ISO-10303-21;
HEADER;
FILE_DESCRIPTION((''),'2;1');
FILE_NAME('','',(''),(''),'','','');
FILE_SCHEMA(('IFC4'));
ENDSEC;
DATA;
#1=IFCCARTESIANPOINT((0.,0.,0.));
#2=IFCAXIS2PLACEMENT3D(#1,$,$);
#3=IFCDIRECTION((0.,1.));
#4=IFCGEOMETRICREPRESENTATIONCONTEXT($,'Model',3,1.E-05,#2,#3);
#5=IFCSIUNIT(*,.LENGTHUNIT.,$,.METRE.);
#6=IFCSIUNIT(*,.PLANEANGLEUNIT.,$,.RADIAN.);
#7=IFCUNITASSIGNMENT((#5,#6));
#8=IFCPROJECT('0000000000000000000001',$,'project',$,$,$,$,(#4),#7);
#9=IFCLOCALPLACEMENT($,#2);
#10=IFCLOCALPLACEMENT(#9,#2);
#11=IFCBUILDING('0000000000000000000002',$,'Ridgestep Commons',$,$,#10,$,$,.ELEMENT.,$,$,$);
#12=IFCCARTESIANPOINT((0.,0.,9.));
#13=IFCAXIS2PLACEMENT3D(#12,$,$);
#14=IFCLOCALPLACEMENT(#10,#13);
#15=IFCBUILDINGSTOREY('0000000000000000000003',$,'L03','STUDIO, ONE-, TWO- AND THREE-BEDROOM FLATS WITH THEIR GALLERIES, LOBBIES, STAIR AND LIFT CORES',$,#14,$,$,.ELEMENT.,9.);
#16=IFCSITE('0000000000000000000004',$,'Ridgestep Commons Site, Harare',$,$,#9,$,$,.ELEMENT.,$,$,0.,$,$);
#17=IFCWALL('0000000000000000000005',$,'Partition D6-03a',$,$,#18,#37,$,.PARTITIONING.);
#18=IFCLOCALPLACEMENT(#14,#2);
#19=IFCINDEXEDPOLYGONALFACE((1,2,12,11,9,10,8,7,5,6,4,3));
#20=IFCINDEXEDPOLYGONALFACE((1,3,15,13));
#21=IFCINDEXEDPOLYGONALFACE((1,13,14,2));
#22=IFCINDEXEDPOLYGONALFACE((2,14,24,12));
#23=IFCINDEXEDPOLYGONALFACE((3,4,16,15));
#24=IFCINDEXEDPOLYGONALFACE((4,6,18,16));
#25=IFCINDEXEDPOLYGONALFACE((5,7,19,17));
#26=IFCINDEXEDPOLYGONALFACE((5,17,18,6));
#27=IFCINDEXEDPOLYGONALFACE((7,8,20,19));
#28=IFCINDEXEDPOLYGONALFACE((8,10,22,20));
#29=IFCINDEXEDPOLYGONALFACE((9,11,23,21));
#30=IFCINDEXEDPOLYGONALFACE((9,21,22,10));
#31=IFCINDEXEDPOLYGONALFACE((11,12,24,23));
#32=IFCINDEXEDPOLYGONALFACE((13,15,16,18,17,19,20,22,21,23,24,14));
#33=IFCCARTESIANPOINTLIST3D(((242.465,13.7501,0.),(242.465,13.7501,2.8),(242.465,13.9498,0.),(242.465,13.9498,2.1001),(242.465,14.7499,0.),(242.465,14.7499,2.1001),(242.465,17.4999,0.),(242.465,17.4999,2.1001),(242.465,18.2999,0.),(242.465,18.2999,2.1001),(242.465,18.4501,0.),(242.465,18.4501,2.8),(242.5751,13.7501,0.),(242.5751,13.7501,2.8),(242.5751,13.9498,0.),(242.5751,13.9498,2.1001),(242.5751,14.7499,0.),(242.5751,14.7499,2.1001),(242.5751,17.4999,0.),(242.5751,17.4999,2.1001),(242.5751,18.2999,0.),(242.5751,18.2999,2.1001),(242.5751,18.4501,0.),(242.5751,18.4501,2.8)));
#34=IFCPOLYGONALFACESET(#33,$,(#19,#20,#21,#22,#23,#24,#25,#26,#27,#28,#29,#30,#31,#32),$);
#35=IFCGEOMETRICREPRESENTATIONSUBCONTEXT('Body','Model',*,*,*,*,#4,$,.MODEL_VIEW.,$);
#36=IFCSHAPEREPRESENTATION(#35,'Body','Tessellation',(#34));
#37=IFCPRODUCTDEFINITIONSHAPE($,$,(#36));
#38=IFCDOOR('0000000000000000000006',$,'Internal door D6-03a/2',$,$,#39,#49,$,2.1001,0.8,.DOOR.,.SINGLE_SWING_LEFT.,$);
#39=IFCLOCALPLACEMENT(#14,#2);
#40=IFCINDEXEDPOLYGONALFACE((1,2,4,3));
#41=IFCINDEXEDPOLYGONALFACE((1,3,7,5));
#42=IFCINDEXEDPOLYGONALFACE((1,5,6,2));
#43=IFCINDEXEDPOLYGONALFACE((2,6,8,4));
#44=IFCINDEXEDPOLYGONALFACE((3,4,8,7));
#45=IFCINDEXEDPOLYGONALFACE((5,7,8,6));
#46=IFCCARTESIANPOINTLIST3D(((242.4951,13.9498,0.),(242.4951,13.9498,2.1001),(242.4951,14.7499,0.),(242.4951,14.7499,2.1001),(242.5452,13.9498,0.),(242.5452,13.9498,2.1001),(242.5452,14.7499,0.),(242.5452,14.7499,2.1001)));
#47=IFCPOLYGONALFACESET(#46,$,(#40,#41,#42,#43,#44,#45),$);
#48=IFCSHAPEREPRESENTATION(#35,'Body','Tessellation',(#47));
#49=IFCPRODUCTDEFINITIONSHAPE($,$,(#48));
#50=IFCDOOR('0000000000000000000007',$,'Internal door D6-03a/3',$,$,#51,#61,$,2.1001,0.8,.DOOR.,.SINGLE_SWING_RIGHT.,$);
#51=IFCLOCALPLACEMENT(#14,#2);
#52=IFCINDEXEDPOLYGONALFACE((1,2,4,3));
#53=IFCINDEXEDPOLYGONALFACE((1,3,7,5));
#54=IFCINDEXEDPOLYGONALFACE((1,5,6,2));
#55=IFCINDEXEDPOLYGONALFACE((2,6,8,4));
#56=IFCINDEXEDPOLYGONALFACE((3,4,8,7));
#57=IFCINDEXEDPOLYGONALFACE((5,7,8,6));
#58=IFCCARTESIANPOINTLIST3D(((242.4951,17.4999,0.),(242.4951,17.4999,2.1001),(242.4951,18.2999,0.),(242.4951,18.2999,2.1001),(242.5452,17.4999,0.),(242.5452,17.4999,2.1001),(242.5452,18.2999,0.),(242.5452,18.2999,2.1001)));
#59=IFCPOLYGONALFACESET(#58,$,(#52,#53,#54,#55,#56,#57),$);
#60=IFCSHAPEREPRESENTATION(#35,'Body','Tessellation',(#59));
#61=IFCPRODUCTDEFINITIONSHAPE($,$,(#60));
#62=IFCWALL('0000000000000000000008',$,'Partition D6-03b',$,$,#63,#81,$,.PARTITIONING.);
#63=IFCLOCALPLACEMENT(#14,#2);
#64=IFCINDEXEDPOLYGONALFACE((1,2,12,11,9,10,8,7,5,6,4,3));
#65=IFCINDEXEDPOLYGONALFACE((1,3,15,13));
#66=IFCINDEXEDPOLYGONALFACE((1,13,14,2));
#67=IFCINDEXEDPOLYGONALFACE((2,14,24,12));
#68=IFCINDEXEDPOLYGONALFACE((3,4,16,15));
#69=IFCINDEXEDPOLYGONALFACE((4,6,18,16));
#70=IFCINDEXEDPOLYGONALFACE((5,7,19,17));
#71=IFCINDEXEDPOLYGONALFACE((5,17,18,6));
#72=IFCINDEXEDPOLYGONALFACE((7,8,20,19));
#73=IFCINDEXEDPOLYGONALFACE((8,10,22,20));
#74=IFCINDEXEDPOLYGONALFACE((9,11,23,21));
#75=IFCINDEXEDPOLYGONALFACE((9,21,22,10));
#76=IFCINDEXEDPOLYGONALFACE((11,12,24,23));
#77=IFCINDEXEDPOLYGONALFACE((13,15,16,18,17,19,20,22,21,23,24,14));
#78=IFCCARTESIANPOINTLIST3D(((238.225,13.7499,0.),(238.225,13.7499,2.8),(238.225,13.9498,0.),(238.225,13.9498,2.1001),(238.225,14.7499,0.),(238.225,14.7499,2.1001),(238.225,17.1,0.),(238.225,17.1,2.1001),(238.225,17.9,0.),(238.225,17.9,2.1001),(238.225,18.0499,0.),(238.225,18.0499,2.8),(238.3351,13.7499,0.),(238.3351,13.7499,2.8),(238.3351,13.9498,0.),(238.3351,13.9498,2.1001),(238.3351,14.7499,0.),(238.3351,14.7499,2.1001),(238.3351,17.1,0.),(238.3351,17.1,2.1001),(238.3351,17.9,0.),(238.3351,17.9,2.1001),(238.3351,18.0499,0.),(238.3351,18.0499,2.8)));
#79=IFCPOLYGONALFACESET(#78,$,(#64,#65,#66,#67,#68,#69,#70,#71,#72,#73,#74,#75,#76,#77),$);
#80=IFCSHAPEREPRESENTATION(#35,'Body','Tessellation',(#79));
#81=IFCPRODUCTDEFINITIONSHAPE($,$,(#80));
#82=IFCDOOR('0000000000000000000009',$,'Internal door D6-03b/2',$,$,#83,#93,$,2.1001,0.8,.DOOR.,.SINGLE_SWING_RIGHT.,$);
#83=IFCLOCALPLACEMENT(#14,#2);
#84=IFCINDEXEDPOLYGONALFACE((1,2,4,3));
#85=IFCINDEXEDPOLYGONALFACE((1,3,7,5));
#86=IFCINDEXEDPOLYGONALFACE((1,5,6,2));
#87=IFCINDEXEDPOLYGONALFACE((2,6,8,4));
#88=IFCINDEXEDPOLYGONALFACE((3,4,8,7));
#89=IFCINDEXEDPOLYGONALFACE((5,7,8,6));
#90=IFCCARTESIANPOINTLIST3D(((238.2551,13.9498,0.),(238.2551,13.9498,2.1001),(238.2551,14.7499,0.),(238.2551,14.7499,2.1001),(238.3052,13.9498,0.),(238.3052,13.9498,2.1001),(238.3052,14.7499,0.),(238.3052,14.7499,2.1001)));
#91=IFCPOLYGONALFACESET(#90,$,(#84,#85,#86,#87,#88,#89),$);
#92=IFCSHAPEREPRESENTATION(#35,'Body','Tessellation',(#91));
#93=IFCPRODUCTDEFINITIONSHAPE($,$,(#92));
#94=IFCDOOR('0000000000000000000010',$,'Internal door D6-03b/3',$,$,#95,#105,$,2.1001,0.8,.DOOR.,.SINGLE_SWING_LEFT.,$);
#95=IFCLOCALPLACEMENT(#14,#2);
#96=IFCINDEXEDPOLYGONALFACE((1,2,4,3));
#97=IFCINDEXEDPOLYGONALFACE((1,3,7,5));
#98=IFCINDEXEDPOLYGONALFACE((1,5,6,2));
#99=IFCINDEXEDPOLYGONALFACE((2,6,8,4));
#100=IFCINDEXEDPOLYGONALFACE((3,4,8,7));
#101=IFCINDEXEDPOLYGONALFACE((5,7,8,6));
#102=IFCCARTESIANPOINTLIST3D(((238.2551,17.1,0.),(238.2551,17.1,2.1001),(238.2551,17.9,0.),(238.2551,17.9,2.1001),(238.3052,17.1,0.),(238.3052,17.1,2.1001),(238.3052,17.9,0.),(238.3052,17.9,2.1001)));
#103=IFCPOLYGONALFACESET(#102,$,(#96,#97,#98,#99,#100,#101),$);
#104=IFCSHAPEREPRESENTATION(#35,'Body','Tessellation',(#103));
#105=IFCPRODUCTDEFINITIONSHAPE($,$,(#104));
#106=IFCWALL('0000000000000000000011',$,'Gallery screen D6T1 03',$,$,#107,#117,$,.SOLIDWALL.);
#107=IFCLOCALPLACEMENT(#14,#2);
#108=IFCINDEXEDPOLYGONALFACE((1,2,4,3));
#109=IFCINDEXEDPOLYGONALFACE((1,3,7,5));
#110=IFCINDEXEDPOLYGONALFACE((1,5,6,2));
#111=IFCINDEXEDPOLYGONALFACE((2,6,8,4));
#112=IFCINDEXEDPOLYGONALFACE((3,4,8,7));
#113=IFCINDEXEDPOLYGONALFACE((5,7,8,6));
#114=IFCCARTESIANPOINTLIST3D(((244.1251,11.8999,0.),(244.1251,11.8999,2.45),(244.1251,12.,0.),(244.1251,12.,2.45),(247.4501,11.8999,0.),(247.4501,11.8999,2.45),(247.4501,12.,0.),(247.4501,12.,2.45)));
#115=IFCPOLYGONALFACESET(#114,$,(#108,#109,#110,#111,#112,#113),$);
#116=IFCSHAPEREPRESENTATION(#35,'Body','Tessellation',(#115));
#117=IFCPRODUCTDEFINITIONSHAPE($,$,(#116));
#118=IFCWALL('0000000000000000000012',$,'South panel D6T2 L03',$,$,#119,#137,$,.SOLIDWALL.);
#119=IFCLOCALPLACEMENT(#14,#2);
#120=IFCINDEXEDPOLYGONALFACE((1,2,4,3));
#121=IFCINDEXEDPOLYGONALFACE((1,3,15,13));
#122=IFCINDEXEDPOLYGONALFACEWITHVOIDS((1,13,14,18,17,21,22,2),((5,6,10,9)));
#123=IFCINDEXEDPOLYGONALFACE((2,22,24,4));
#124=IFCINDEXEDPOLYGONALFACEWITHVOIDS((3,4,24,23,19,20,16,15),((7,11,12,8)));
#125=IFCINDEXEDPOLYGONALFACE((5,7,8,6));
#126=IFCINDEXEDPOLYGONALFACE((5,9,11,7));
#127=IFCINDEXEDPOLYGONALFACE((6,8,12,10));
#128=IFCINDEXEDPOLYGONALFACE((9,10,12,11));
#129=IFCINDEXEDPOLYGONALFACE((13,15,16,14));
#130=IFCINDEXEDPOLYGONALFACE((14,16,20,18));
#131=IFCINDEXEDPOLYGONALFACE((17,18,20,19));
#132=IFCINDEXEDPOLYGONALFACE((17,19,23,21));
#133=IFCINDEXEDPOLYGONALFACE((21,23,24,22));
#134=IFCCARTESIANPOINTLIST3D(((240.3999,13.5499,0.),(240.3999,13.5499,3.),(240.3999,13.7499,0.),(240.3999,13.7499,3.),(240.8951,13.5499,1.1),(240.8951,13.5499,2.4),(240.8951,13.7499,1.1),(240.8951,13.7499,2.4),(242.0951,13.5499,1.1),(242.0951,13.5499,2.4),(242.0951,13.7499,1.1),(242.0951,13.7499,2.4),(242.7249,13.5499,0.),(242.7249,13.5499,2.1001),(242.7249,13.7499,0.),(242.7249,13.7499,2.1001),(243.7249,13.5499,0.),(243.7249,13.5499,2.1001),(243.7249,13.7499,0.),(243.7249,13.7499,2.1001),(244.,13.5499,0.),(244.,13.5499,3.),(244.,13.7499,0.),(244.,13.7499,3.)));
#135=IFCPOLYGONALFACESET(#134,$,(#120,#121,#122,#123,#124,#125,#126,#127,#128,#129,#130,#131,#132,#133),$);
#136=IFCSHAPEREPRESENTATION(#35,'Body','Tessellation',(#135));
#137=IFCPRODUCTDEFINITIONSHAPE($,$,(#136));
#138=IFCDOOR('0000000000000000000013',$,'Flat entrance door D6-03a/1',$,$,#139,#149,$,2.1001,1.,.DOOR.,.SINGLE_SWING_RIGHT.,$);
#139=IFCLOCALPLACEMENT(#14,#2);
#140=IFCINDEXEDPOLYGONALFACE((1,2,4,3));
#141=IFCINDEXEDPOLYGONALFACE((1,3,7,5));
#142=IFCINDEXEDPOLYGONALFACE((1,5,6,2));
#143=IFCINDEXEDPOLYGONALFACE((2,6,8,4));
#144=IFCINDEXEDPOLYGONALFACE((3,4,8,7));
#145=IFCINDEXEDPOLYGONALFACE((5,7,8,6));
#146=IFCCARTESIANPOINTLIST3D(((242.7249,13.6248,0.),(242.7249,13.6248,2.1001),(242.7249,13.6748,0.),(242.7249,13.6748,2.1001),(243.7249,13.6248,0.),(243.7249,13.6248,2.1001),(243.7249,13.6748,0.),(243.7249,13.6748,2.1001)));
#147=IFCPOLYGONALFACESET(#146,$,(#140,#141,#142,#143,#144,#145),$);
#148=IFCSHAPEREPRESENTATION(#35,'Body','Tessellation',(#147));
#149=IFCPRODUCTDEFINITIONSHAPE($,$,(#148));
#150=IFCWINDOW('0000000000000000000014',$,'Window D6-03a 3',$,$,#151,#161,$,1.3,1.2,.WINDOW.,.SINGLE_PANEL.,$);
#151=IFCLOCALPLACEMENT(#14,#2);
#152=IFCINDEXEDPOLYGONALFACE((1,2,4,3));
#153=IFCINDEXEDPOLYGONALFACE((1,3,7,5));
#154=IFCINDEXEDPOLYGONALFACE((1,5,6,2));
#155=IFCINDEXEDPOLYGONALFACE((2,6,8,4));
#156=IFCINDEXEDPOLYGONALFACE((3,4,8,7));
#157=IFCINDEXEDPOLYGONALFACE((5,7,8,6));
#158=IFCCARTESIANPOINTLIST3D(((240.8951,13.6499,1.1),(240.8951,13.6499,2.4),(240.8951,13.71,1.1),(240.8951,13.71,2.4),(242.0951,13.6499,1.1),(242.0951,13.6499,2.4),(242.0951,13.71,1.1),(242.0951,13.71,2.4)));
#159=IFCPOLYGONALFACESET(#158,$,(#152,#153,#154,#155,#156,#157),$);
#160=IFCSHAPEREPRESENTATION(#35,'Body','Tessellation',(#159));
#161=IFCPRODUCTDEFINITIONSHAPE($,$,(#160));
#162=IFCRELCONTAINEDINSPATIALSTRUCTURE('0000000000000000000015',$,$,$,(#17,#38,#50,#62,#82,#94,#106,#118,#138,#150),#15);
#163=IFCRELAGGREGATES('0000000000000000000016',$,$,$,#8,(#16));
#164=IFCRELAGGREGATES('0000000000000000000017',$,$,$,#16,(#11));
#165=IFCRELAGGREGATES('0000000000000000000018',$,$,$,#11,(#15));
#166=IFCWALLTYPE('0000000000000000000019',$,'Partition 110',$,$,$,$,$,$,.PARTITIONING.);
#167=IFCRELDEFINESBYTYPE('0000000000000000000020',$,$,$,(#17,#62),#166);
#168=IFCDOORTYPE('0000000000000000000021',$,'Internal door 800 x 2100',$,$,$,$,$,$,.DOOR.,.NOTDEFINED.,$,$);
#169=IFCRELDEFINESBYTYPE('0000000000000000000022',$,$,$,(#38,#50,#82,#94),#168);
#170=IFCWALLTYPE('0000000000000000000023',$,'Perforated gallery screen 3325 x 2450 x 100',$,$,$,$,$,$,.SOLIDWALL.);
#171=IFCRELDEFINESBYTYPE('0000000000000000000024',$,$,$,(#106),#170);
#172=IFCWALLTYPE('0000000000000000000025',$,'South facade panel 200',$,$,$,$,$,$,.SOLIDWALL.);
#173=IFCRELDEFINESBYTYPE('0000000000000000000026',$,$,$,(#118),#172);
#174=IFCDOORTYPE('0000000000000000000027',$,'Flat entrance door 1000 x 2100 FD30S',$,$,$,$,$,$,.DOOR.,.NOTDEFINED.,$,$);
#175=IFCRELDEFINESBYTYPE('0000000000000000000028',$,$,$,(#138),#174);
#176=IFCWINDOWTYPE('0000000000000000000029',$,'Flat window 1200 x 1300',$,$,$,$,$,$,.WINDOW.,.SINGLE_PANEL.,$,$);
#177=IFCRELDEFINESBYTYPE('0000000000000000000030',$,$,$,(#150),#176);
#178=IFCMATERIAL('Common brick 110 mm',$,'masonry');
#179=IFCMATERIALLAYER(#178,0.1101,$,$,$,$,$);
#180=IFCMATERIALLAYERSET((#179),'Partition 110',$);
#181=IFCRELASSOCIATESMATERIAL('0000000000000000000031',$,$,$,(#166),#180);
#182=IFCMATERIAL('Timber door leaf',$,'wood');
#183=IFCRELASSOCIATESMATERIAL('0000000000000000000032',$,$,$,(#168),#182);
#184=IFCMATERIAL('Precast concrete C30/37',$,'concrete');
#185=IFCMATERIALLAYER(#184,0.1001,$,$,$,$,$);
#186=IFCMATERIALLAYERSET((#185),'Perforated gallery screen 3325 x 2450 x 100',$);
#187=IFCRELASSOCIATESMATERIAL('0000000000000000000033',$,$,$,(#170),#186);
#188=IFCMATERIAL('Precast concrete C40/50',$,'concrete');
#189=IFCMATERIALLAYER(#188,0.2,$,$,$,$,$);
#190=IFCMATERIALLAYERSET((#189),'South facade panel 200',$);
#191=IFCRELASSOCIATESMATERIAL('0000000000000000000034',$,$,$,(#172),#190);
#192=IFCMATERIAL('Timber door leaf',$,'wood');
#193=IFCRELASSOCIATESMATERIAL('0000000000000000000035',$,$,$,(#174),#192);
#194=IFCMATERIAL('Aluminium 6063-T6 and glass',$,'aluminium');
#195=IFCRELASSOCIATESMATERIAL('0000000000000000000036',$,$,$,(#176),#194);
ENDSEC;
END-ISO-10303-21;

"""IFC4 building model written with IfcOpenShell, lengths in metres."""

from ifc_helpers import new_model, si_unit, direction, frame, frame_2d, origin, place, context, subcontext, project, spatial, rectangle, extrude, material, layer, layer_set, type_object, element, fill, save


model = new_model("IFC4")

# Units and contexts
model_context = context("Model", 3, precision=1e-05, world=origin(), true_north=direction((0.0, 1.0)))
body_context = subcontext(model_context, "Body", "Model", "MODEL_VIEW")
ifc_project = project(units=[si_unit("LENGTHUNIT", "METRE"), si_unit("PLANEANGLEUNIT", "RADIAN")], contexts=[model_context])

# Site, building, storey
site_placement = place(None, origin())
site = spatial("IfcSite", under=ifc_project, at=site_placement, Name="Ridgestep Commons Site, Harare", CompositionType="ELEMENT", RefElevation=0.0)
building_placement = place(site_placement, origin())
building = spatial("IfcBuilding", under=site, at=building_placement, Name="Ridgestep Commons", CompositionType="ELEMENT")
storey_placement = place(building_placement, frame((0.0, 0.0, 9.0)))
storey = spatial("IfcBuildingStorey", under=building, at=storey_placement, Name="L03", Description="STUDIO, ONE-, TWO- AND THREE-BEDROOM FLATS WITH THEIR GALLERIES, LOBBIES, STAIR AND LIFT CORES", CompositionType="ELEMENT", Elevation=9.0)

# Walls, openings, doors
ifc_material_1 = material(Name="Common brick 110 mm", Category="masonry")
ifc_layer_1 = layer(ifc_material_1, 0.1101)
ifc_layer_set_1 = layer_set([ifc_layer_1], Name="Partition 110")
wall_type_1 = type_object("IfcWallType", Name="Partition 110", PredefinedType="PARTITIONING", material=ifc_layer_set_1)
wall_1_placement = place(storey_placement, frame((242.52, 13.75, 0.0), z_axis=(0.0, 0.0, 1.0), x_axis=(0.0, 1.0, 0.0)))
wall_1 = element("IfcWall", 1, at=wall_1_placement, inside=storey, type_object=wall_type_1, Name="Partition D6-03a", PredefinedType="PARTITIONING", context=body_context, shape_type="SweptSolid", body=[
    extrude(rectangle(XDim=4.7, YDim=0.1101, at=frame_2d((2.3501, 0.0))), origin(), (0.0, 0.0, 1.0), 2.8),
])
opening_1_placement = place(wall_1_placement, frame((0.2, 0.0, 0.0)))
opening_1 = element("IfcOpeningElement", 2, at=opening_1_placement, cuts=wall_1, PredefinedType="OPENING", context=body_context, shape_type="SweptSolid", body=[
    extrude(rectangle(XDim=0.8, YDim=2.1001, at=frame_2d((0.3999, 1.05))), frame((0.0, 0.0649, 0.0), z_axis=(0.0, -1.0, 0.0), x_axis=(1.0, 0.0, 0.0)), (0.0, 0.0, 1.0), 0.1301),
])
opening_2_placement = place(wall_1_placement, frame((3.75, 0.0, 0.0)))
opening_2 = element("IfcOpeningElement", 3, at=opening_2_placement, cuts=wall_1, PredefinedType="OPENING", context=body_context, shape_type="SweptSolid", body=[
    extrude(rectangle(XDim=0.8, YDim=2.1001, at=frame_2d((0.3999, 1.05))), frame((0.0, 0.0649, 0.0), z_axis=(0.0, -1.0, 0.0), x_axis=(1.0, 0.0, 0.0)), (0.0, 0.0, 1.0), 0.1301),
])
ifc_material_2 = material(Name="Timber door leaf", Category="wood")
door_type_1 = type_object("IfcDoorType", Name="Internal door 800 x 2100", OperationType="NOTDEFINED", PredefinedType="DOOR", material=ifc_material_2)
door_1_placement = place(opening_1_placement, origin())
door_1 = element("IfcDoor", 4, at=door_1_placement, inside=storey, type_object=door_type_1, Name="Internal door D6-03a/2", OperationType="SINGLE_SWING_LEFT", OverallHeight=2.1001, OverallWidth=0.8, PredefinedType="DOOR", context=body_context, shape_type="SweptSolid", body=[
    extrude(rectangle(XDim=0.8, YDim=2.1001, at=frame_2d((0.3999, 1.05))), frame((0.0, 0.0249, 0.0), z_axis=(0.0, -1.0, 0.0), x_axis=(1.0, 0.0, 0.0)), (0.0, 0.0, 1.0), 0.05),
])
fill(opening_1, door_1)
door_2_placement = place(opening_2_placement, origin())
door_2 = element("IfcDoor", 5, at=door_2_placement, inside=storey, type_object=door_type_1, Name="Internal door D6-03a/3", OperationType="SINGLE_SWING_RIGHT", OverallHeight=2.1001, OverallWidth=0.8, PredefinedType="DOOR", context=body_context, shape_type="SweptSolid", body=[
    extrude(rectangle(XDim=0.8, YDim=2.1001, at=frame_2d((0.3999, 1.05))), frame((0.0, 0.0249, 0.0), z_axis=(0.0, -1.0, 0.0), x_axis=(1.0, 0.0, 0.0)), (0.0, 0.0, 1.0), 0.05),
])
fill(opening_2, door_2)
wall_2_placement = place(storey_placement, frame((238.28, 13.75, 0.0), z_axis=(0.0, 0.0, 1.0), x_axis=(0.0, 1.0, 0.0)))
wall_2 = element("IfcWall", 6, at=wall_2_placement, inside=storey, type_object=wall_type_1, Name="Partition D6-03b", PredefinedType="PARTITIONING", context=body_context, shape_type="SweptSolid", body=[
    extrude(rectangle(XDim=4.3, YDim=0.1101, at=frame_2d((2.1499, 0.0))), origin(), (0.0, 0.0, 1.0), 2.8),
])
opening_3_placement = place(wall_2_placement, frame((0.2, 0.0, 0.0)))
opening_3 = element("IfcOpeningElement", 7, at=opening_3_placement, cuts=wall_2, PredefinedType="OPENING", context=body_context, shape_type="SweptSolid", body=[
    extrude(rectangle(XDim=0.8, YDim=2.1001, at=frame_2d((0.3999, 1.05))), frame((0.0, 0.0649, 0.0), z_axis=(0.0, -1.0, 0.0), x_axis=(1.0, 0.0, 0.0)), (0.0, 0.0, 1.0), 0.1301),
])
opening_4_placement = place(wall_2_placement, frame((3.3501, 0.0, 0.0)))
opening_4 = element("IfcOpeningElement", 8, at=opening_4_placement, cuts=wall_2, PredefinedType="OPENING", context=body_context, shape_type="SweptSolid", body=[
    extrude(rectangle(XDim=0.8, YDim=2.1001, at=frame_2d((0.3999, 1.05))), frame((0.0, 0.0649, 0.0), z_axis=(0.0, -1.0, 0.0), x_axis=(1.0, 0.0, 0.0)), (0.0, 0.0, 1.0), 0.1301),
])
door_3_placement = place(opening_3_placement, origin())
door_3 = element("IfcDoor", 9, at=door_3_placement, inside=storey, type_object=door_type_1, Name="Internal door D6-03b/2", OperationType="SINGLE_SWING_RIGHT", OverallHeight=2.1001, OverallWidth=0.8, PredefinedType="DOOR", context=body_context, shape_type="SweptSolid", body=[
    extrude(rectangle(XDim=0.8, YDim=2.1001, at=frame_2d((0.3999, 1.05))), frame((0.0, 0.0249, 0.0), z_axis=(0.0, -1.0, 0.0), x_axis=(1.0, 0.0, 0.0)), (0.0, 0.0, 1.0), 0.05),
])
fill(opening_3, door_3)
door_4_placement = place(opening_4_placement, origin())
door_4 = element("IfcDoor", 10, at=door_4_placement, inside=storey, type_object=door_type_1, Name="Internal door D6-03b/3", OperationType="SINGLE_SWING_LEFT", OverallHeight=2.1001, OverallWidth=0.8, PredefinedType="DOOR", context=body_context, shape_type="SweptSolid", body=[
    extrude(rectangle(XDim=0.8, YDim=2.1001, at=frame_2d((0.3999, 1.05))), frame((0.0, 0.0249, 0.0), z_axis=(0.0, -1.0, 0.0), x_axis=(1.0, 0.0, 0.0)), (0.0, 0.0, 1.0), 0.05),
])
fill(opening_4, door_4)

# Wall
ifc_material_3 = material(Name="Precast concrete C30/37", Category="concrete")
ifc_layer_2 = layer(ifc_material_3, 0.1001)
ifc_layer_set_2 = layer_set([ifc_layer_2], Name="Perforated gallery screen 3325 x 2450 x 100")
wall_type_2 = type_object("IfcWallType", Name="Perforated gallery screen 3325 x 2450 x 100", PredefinedType="SOLIDWALL", material=ifc_layer_set_2)
wall_3_placement = place(storey_placement, frame((244.125, 11.95, 0.0), z_axis=(0.0, 0.0, 1.0), x_axis=(1.0, 0.0, 0.0)))
element("IfcWall", 11, at=wall_3_placement, inside=storey, type_object=wall_type_2, Name="Gallery screen D6T1 03", PredefinedType="SOLIDWALL", context=body_context, shape_type="SweptSolid", body=[
    extrude(rectangle(XDim=3.325, YDim=0.1001, at=frame_2d((1.6626, 0.0))), origin(), (0.0, 0.0, 1.0), 2.45),
])

# Wall, openings, door, window
ifc_material_4 = material(Name="Precast concrete C40/50", Category="concrete")
ifc_layer_3 = layer(ifc_material_4, 0.2)
ifc_layer_set_3 = layer_set([ifc_layer_3], Name="South facade panel 200")
wall_type_3 = type_object("IfcWallType", Name="South facade panel 200", PredefinedType="SOLIDWALL", material=ifc_layer_set_3)
wall_4_placement = place(storey_placement, frame((240.3999, 13.6499, 0.0), z_axis=(0.0, 0.0, 1.0), x_axis=(1.0, 0.0, 0.0)))
wall_4 = element("IfcWall", 12, at=wall_4_placement, inside=storey, type_object=wall_type_3, Name="South panel D6T2 L03", PredefinedType="SOLIDWALL", context=body_context, shape_type="SweptSolid", body=[
    extrude(rectangle(XDim=3.6001, YDim=0.2, at=frame_2d((1.8, 0.0))), origin(), (0.0, 0.0, 1.0), 3.0),
])
opening_5_placement = place(wall_4_placement, frame((0.4951, 0.0, 1.1001)))
opening_5 = element("IfcOpeningElement", 13, at=opening_5_placement, cuts=wall_4, PredefinedType="OPENING", context=body_context, shape_type="SweptSolid", body=[
    extrude(rectangle(XDim=1.2, YDim=1.3, at=frame_2d((0.6001, 0.6499))), frame((0.0, 0.1099, 0.0), z_axis=(0.0, -1.0, 0.0), x_axis=(1.0, 0.0, 0.0)), (0.0, 0.0, 1.0), 0.22),
])
opening_6_placement = place(wall_4_placement, frame((2.325, 0.0, 0.0)))
opening_6 = element("IfcOpeningElement", 14, at=opening_6_placement, cuts=wall_4, PredefinedType="OPENING", context=body_context, shape_type="SweptSolid", body=[
    extrude(rectangle(XDim=1.0, YDim=2.1001, at=frame_2d((0.5, 1.05))), frame((0.0, 0.1099, 0.0), z_axis=(0.0, -1.0, 0.0), x_axis=(1.0, 0.0, 0.0)), (0.0, 0.0, 1.0), 0.22),
])
ifc_material_5 = material(Name="Timber door leaf", Category="wood")
door_type_2 = type_object("IfcDoorType", Name="Flat entrance door 1000 x 2100 FD30S", OperationType="NOTDEFINED", PredefinedType="DOOR", material=ifc_material_5)
door_5_placement = place(opening_6_placement, origin())
door_5 = element("IfcDoor", 15, at=door_5_placement, inside=storey, type_object=door_type_2, Name="Flat entrance door D6-03a/1", OperationType="SINGLE_SWING_RIGHT", OverallHeight=2.1001, OverallWidth=1.0, PredefinedType="DOOR", context=body_context, shape_type="SweptSolid", body=[
    extrude(rectangle(XDim=1.0, YDim=2.1001, at=frame_2d((0.5, 1.05))), frame((0.0, 0.0249, 0.0), z_axis=(0.0, -1.0, 0.0), x_axis=(1.0, 0.0, 0.0)), (0.0, 0.0, 1.0), 0.05),
])
fill(opening_6, door_5)
ifc_material_6 = material(Name="Aluminium 6063-T6 and glass", Category="aluminium")
window_type_1 = type_object("IfcWindowType", Name="Flat window 1200 x 1300", PartitioningType="SINGLE_PANEL", PredefinedType="WINDOW", material=ifc_material_6)
window_1_placement = place(opening_5_placement, origin())
window_1 = element("IfcWindow", 16, at=window_1_placement, inside=storey, type_object=window_type_1, Name="Window D6-03a 3", OverallHeight=1.3, OverallWidth=1.2, PartitioningType="SINGLE_PANEL", PredefinedType="WINDOW", context=body_context, shape_type="SweptSolid", body=[
    extrude(rectangle(XDim=1.2, YDim=1.3, at=frame_2d((0.6001, 0.6499))), frame((0.0, 0.0601, 0.0), z_axis=(0.0, -1.0, 0.0), x_axis=(1.0, 0.0, 0.0)), (0.0, 0.0, 1.0), 0.0601),
])
fill(opening_5, window_1)

save(model, "model.ifc")
